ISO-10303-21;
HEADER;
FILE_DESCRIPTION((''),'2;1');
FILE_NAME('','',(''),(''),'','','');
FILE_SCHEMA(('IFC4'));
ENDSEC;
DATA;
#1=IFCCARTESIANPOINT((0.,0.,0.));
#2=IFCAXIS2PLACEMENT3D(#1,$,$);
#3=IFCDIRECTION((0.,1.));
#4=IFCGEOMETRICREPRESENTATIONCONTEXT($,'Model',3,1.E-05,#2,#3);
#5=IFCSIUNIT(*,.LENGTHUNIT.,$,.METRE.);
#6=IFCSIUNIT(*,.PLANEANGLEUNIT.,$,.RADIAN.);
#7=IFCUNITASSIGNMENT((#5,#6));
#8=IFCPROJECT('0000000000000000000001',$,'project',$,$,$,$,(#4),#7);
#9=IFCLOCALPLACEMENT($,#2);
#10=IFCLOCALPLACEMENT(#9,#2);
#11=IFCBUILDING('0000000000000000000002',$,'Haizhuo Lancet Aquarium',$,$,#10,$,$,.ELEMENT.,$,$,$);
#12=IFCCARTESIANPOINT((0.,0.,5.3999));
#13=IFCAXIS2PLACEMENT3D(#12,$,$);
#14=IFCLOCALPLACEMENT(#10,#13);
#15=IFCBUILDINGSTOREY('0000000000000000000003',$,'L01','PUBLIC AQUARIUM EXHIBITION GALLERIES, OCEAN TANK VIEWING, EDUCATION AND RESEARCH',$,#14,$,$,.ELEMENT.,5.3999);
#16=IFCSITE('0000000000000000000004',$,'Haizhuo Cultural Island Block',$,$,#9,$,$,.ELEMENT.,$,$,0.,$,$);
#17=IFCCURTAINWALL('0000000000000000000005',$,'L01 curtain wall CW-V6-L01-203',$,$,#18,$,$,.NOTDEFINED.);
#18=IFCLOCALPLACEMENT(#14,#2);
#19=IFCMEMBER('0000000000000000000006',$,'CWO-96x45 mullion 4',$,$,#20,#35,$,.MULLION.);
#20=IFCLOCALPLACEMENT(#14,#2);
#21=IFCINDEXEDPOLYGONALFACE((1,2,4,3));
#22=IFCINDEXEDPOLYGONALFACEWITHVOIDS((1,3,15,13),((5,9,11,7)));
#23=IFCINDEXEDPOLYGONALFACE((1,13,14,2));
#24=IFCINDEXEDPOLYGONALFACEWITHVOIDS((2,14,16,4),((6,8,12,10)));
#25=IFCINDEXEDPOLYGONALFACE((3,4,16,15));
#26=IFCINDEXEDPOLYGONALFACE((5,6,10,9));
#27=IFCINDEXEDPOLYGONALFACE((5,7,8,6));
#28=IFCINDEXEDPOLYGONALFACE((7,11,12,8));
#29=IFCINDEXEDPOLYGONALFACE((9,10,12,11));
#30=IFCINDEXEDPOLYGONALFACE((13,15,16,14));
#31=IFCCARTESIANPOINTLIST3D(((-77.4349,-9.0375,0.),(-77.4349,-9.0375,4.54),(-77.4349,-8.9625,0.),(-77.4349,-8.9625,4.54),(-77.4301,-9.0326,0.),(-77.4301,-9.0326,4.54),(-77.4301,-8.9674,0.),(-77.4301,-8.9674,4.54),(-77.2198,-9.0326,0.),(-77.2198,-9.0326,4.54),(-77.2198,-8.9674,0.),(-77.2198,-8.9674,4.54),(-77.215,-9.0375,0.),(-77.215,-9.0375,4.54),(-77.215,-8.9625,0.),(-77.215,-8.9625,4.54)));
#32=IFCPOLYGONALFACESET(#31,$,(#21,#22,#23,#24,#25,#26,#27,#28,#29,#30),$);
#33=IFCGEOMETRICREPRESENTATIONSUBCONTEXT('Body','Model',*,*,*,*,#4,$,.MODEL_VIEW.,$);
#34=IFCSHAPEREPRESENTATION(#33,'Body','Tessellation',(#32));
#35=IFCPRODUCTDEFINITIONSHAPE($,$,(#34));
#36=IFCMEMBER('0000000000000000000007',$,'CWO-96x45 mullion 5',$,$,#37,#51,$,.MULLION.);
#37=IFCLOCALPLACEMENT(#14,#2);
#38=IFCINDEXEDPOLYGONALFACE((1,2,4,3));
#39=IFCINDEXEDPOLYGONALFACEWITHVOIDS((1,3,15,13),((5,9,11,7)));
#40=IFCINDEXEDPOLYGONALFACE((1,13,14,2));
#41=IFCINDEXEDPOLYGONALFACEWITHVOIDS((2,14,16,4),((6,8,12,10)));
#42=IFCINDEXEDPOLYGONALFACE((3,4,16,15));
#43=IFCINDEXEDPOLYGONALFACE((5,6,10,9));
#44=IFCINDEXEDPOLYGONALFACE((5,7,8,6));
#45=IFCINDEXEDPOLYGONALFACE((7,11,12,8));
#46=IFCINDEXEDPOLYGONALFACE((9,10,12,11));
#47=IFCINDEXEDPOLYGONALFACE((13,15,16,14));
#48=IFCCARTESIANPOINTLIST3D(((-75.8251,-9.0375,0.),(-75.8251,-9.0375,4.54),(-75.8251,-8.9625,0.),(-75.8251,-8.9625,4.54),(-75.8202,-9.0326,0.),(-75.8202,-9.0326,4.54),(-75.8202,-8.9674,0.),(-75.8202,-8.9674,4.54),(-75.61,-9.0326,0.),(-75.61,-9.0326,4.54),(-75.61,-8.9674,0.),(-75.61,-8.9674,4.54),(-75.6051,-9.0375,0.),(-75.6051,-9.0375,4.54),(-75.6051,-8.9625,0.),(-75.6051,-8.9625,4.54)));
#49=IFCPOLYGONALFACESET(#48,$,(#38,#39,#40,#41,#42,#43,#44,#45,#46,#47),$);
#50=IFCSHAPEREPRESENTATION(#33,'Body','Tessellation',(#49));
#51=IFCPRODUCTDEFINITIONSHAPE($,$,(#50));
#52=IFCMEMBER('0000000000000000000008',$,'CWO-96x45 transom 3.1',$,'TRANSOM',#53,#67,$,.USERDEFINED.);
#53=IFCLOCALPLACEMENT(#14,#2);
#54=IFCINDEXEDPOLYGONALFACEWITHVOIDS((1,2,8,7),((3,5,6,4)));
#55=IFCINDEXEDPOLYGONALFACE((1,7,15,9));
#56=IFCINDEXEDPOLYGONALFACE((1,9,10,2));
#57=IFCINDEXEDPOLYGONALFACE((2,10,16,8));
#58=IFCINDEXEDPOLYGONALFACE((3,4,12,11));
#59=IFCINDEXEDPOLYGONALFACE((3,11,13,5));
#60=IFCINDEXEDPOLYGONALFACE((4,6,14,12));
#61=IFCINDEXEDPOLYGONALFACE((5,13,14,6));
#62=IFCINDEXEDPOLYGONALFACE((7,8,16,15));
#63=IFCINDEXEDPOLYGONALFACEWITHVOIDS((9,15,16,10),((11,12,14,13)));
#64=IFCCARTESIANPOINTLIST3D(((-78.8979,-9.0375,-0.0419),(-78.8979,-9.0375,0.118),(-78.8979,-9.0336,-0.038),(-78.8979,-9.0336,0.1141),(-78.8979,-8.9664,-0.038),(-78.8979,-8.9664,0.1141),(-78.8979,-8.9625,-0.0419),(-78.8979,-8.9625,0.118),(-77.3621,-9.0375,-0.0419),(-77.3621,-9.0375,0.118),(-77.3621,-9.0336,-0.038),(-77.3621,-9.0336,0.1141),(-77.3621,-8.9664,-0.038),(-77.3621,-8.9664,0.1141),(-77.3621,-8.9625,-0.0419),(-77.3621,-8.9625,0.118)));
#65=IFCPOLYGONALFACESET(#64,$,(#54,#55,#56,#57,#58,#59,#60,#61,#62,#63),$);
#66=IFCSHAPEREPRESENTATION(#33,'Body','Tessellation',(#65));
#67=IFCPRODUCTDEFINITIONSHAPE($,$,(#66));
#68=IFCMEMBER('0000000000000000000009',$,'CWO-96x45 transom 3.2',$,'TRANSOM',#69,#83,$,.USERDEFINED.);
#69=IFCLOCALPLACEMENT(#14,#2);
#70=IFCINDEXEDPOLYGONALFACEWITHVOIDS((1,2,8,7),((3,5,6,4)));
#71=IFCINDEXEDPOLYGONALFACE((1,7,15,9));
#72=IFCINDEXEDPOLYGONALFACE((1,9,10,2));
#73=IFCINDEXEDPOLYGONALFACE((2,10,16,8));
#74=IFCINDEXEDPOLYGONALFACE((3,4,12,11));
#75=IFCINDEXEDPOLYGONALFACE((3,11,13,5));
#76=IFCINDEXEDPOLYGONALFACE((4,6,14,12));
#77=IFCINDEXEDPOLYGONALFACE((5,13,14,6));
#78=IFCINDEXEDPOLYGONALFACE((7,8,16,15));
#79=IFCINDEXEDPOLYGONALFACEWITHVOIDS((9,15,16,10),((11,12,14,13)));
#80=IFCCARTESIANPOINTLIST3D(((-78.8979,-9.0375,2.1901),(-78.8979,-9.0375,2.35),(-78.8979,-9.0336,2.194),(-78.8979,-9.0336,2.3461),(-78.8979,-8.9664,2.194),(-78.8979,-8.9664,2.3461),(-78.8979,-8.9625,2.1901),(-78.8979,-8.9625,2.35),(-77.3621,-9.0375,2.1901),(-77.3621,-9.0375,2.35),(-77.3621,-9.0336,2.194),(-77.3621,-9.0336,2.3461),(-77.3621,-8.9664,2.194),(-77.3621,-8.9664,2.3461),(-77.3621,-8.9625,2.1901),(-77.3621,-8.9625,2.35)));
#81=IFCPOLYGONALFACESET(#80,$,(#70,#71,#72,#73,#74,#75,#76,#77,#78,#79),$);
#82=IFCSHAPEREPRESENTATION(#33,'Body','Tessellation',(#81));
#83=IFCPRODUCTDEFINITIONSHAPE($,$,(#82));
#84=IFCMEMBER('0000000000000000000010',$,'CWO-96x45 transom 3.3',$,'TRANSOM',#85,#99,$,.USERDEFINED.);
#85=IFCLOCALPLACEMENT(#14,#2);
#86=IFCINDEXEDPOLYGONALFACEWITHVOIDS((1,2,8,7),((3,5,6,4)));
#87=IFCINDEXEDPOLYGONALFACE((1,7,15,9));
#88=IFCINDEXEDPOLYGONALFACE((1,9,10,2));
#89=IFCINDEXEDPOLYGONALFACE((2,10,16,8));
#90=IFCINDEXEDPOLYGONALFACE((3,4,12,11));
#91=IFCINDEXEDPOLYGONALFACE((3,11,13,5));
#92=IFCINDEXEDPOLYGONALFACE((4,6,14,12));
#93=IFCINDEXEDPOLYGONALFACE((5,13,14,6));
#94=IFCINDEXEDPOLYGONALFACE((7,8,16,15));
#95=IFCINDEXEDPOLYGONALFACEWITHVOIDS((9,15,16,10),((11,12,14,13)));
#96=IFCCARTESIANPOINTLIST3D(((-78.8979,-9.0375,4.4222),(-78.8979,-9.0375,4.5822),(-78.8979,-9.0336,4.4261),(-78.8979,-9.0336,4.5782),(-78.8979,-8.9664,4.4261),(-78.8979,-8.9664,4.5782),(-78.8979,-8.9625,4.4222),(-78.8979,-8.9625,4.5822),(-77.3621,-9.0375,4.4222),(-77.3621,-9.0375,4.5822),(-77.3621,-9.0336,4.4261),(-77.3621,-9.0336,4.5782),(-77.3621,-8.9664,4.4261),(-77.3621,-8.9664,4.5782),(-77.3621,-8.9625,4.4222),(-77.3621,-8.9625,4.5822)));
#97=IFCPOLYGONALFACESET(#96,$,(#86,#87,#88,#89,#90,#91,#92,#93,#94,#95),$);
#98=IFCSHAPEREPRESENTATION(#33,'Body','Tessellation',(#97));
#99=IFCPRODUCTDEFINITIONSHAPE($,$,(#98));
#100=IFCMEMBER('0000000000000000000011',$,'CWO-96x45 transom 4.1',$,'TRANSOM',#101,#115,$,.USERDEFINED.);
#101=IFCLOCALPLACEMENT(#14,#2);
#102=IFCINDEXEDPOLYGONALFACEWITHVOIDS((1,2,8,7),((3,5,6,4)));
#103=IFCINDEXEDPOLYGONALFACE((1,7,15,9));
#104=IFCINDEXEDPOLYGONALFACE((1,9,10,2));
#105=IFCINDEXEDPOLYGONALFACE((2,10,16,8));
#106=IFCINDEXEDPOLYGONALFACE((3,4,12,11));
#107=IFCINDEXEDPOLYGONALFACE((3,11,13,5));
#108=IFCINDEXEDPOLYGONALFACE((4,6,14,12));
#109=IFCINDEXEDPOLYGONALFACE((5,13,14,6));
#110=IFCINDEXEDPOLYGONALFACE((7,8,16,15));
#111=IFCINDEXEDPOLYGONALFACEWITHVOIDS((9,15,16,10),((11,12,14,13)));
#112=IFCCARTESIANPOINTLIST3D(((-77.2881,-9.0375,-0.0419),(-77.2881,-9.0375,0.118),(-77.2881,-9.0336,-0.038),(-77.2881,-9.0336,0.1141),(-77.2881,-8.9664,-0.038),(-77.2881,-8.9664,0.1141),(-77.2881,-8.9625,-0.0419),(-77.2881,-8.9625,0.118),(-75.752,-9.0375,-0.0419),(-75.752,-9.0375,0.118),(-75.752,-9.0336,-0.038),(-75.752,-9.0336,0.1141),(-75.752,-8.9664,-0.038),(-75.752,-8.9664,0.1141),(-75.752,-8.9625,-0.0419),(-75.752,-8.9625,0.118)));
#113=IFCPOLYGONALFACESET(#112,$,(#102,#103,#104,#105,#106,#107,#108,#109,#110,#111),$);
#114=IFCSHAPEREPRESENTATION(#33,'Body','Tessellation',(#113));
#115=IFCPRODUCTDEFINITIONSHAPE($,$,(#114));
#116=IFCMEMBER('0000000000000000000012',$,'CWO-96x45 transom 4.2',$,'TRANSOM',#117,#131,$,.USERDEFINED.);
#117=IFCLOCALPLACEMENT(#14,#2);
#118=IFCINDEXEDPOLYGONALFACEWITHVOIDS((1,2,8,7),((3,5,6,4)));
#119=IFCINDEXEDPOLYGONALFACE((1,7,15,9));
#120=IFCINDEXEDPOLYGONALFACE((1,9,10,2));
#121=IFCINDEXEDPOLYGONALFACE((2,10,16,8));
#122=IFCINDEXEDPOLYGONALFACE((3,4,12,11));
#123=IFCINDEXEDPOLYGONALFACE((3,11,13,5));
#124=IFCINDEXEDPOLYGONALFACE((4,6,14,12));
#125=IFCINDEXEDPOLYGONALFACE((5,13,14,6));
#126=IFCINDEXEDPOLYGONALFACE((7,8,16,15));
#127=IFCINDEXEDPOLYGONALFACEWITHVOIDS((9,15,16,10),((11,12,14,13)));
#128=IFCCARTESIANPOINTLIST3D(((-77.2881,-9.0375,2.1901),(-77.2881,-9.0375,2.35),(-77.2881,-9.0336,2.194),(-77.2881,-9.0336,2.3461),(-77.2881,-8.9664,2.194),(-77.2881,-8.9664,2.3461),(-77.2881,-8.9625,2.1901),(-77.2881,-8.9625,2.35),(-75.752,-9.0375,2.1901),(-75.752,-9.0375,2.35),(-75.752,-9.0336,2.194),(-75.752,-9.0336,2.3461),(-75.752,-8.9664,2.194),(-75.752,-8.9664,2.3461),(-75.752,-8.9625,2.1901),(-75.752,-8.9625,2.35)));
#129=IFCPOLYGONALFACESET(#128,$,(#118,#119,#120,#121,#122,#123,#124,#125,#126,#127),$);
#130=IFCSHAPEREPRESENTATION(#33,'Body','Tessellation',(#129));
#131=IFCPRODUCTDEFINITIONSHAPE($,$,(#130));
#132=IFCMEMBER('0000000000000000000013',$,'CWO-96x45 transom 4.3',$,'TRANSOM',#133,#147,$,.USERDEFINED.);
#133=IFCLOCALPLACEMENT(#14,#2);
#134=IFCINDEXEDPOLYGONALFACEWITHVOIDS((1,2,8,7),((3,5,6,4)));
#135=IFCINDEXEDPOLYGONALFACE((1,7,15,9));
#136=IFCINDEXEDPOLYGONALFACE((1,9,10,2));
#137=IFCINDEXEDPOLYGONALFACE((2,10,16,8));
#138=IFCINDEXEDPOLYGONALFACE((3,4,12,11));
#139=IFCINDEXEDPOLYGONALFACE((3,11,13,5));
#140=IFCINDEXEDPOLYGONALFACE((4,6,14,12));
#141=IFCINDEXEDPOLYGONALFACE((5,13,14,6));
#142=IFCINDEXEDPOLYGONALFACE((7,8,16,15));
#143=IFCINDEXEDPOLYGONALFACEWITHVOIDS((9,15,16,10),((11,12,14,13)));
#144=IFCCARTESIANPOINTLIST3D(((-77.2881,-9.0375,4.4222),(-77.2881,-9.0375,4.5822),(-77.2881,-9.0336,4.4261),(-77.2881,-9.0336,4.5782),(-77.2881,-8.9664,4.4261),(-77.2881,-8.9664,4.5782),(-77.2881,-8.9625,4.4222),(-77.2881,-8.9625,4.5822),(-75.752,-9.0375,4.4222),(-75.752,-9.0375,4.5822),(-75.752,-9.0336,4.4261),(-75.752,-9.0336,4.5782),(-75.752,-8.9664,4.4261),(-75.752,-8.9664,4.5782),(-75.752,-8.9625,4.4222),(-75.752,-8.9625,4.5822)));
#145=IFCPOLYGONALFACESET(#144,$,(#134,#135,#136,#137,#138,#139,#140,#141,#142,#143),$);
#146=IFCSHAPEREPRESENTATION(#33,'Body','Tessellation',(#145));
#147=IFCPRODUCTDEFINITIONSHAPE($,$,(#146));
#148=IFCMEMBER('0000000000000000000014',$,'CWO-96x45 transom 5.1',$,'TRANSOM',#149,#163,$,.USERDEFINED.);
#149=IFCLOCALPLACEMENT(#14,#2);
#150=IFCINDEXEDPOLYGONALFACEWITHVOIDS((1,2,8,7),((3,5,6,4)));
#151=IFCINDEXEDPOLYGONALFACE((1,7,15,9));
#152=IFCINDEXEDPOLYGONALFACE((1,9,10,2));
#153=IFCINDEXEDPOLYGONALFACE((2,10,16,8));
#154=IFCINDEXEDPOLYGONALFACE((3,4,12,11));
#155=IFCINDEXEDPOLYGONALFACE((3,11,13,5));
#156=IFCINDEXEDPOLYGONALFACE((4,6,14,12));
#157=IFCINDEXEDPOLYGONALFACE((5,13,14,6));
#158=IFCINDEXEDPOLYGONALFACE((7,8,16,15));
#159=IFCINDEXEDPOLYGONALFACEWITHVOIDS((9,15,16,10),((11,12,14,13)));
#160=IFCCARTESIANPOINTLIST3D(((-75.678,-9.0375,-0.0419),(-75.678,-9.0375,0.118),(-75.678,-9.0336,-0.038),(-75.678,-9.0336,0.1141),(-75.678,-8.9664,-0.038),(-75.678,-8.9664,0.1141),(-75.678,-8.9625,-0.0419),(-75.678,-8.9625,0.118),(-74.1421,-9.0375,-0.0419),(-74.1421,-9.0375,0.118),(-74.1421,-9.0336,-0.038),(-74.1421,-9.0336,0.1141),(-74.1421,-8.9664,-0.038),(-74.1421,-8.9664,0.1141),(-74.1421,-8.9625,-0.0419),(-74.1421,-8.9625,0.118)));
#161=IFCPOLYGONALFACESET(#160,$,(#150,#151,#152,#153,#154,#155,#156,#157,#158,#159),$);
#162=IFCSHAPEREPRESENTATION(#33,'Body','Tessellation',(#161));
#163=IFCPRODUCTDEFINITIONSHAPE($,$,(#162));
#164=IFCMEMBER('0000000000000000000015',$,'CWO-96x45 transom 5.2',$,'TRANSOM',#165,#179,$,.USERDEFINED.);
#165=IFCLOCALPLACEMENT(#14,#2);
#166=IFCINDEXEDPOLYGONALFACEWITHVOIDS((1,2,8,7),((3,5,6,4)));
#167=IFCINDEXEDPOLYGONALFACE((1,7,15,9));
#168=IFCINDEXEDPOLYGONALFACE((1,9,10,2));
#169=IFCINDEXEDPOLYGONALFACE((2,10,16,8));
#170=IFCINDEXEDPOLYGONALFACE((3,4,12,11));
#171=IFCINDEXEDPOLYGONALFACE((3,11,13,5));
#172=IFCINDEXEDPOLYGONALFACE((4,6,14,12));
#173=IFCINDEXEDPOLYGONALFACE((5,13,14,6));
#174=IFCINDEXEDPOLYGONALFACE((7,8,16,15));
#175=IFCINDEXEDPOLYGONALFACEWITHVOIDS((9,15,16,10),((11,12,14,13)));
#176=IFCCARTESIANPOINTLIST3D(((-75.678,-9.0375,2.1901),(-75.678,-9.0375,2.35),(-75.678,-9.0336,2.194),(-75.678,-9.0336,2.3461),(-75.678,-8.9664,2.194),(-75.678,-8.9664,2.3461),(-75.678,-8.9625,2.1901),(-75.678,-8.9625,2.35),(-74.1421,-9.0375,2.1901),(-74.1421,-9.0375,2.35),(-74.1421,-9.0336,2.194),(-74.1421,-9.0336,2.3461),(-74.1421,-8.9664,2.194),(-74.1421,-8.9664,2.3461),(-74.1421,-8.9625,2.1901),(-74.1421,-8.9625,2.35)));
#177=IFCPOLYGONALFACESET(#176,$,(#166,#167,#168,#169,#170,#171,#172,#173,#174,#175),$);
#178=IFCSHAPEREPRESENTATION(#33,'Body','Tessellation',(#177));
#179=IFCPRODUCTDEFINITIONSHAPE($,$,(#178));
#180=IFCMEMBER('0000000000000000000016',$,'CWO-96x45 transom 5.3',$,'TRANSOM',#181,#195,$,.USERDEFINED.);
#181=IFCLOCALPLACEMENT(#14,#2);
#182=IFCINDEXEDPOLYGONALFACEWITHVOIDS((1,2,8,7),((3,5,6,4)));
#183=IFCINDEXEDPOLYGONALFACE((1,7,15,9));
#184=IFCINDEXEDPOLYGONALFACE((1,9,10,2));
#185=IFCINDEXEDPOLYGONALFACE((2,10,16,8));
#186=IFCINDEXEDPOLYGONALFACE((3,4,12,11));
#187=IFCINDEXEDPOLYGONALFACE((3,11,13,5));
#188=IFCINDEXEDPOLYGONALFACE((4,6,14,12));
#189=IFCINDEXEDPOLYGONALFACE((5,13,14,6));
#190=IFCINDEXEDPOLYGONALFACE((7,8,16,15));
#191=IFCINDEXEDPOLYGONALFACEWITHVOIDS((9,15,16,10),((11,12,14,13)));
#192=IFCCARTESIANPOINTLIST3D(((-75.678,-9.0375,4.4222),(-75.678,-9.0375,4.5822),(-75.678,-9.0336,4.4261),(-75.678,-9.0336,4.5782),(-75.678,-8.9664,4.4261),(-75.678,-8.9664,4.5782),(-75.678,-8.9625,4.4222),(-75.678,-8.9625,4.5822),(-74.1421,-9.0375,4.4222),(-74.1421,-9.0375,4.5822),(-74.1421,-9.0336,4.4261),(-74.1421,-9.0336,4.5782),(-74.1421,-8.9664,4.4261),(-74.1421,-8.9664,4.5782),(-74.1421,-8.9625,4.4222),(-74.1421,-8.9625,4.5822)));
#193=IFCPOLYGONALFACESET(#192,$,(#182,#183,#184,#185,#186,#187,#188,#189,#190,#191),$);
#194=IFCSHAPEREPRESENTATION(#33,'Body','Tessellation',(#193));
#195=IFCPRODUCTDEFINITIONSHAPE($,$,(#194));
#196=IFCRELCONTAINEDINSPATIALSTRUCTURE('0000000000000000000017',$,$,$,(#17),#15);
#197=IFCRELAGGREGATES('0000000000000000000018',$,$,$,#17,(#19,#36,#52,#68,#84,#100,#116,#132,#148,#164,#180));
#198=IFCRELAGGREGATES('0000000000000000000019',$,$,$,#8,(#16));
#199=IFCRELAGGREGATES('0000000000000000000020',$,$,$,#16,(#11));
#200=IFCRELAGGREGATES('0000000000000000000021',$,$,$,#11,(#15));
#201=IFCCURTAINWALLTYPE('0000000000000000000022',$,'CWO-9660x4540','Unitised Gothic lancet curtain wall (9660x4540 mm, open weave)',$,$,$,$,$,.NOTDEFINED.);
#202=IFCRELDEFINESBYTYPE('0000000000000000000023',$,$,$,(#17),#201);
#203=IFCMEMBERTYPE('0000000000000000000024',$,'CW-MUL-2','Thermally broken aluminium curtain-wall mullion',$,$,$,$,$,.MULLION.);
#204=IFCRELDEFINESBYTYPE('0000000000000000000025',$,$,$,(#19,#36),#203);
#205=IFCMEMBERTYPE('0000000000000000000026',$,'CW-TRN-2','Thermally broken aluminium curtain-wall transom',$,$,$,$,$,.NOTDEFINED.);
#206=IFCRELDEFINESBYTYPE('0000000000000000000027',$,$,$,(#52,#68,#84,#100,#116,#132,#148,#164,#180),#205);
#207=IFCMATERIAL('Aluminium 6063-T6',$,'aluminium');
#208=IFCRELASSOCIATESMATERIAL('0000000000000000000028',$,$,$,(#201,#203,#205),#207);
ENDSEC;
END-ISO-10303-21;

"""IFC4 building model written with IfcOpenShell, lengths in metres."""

from ifc_helpers import new_model, si_unit, direction, frame, origin, origin_2d, place, context, subcontext, project, spatial, hollow_rectangle, extrude, material, material_profile, profile_set, type_object, element, aggregate, save


model = new_model("IFC4")

# Units and contexts
model_context = context("Model", 3, precision=1e-05, world=origin(), true_north=direction((0.0, 1.0)))
body_context = subcontext(model_context, "Body", "Model", "MODEL_VIEW")
ifc_project = project(units=[si_unit("LENGTHUNIT", "METRE"), si_unit("PLANEANGLEUNIT", "RADIAN")], contexts=[model_context])

# Site, building, storey
site_placement = place(None, origin())
site = spatial("IfcSite", under=ifc_project, at=site_placement, Name="Haizhuo Cultural Island Block", CompositionType="ELEMENT", RefElevation=0.0)
building_placement = place(site_placement, origin())
building = spatial("IfcBuilding", under=site, at=building_placement, Name="Haizhuo Lancet Aquarium", CompositionType="ELEMENT")
storey_placement = place(building_placement, frame((0.0, 0.0, 5.3999)))
storey = spatial("IfcBuildingStorey", under=building, at=storey_placement, Name="L01", Description="PUBLIC AQUARIUM EXHIBITION GALLERIES, OCEAN TANK VIEWING, EDUCATION AND RESEARCH", CompositionType="ELEMENT", Elevation=5.3999)

# Curtain wall, members
ifc_material_1 = material(Name="Aluminium 6063-T6", Category="aluminium")
curtain_wall_type = type_object("IfcCurtainWallType", Name="CWO-9660x4540", Description="Unitised Gothic lancet curtain wall (9660x4540 mm, open weave)", PredefinedType="NOTDEFINED", material=ifc_material_1)
curtain_wall_placement = place(storey_placement, origin())
curtain_wall = element("IfcCurtainWall", 1, at=curtain_wall_placement, inside=storey, type_object=curtain_wall_type, Name="L01 curtain wall CW-V6-L01-203", PredefinedType="NOTDEFINED")
ifc_material_profile_1 = material_profile(ifc_material_1, hollow_rectangle(XDim=0.075, YDim=0.22, WallThickness=0.0049, at=origin_2d()), Name="ALU-M 75x220x5")
ifc_profile_set_1 = profile_set([ifc_material_profile_1], Name="Aluminium 6063-T6")
member_type_1 = type_object("IfcMemberType", Name="CW-MUL-2", Description="Thermally broken aluminium curtain-wall mullion", PredefinedType="MULLION", material=ifc_profile_set_1)
member_1_placement = place(storey_placement, frame((-77.325, -9.0, 0.0), z_axis=(0.0, 0.0, 1.0), x_axis=(0.0, 1.0, 0.0)))
member_1 = element("IfcMember", 2, at=member_1_placement, type_object=member_type_1, Name="CWO-96x45 mullion 4", PredefinedType="MULLION", context=body_context, shape_type="SweptSolid", body=[
    extrude(hollow_rectangle(XDim=0.075, YDim=0.22, WallThickness=0.0049, at=origin_2d()), origin(), (0.0, 0.0, 1.0), 4.54),
])
member_2_placement = place(storey_placement, frame((-75.7151, -9.0, 0.0), z_axis=(0.0, 0.0, 1.0), x_axis=(0.0, 1.0, 0.0)))
member_2 = element("IfcMember", 3, at=member_2_placement, type_object=member_type_1, Name="CWO-96x45 mullion 5", PredefinedType="MULLION", context=body_context, shape_type="SweptSolid", body=[
    extrude(hollow_rectangle(XDim=0.075, YDim=0.22, WallThickness=0.0049, at=origin_2d()), origin(), (0.0, 0.0, 1.0), 4.54),
])
ifc_material_profile_2 = material_profile(ifc_material_1, hollow_rectangle(XDim=0.075, YDim=0.1599, WallThickness=0.0039, at=origin_2d()), Name="ALU-T 75x160x4")
ifc_profile_set_2 = profile_set([ifc_material_profile_2], Name="Aluminium 6063-T6")
member_type_2 = type_object("IfcMemberType", Name="CW-TRN-2", Description="Thermally broken aluminium curtain-wall transom", PredefinedType="NOTDEFINED", material=ifc_profile_set_2)
member_3_placement = place(storey_placement, frame((-78.8979, -9.0, 0.0381), z_axis=(1.0, 0.0, 0.0), x_axis=(0.0, 1.0, 0.0)))
member_3 = element("IfcMember", 4, at=member_3_placement, type_object=member_type_2, Name="CWO-96x45 transom 3.1", ObjectType="TRANSOM", PredefinedType="USERDEFINED", context=body_context, shape_type="SweptSolid", body=[
    extrude(hollow_rectangle(XDim=0.075, YDim=0.1599, WallThickness=0.0039, at=origin_2d()), origin(), (0.0, 0.0, 1.0), 1.5359),
])
member_4_placement = place(storey_placement, frame((-78.8979, -9.0, 2.27), z_axis=(1.0, 0.0, 0.0), x_axis=(0.0, 1.0, 0.0)))
member_4 = element("IfcMember", 5, at=member_4_placement, type_object=member_type_2, Name="CWO-96x45 transom 3.2", ObjectType="TRANSOM", PredefinedType="USERDEFINED", context=body_context, shape_type="SweptSolid", body=[
    extrude(hollow_rectangle(XDim=0.075, YDim=0.1599, WallThickness=0.0039, at=origin_2d()), origin(), (0.0, 0.0, 1.0), 1.5359),
])
member_5_placement = place(storey_placement, frame((-78.8979, -9.0, 4.5022), z_axis=(1.0, 0.0, 0.0), x_axis=(0.0, 1.0, 0.0)))
member_5 = element("IfcMember", 6, at=member_5_placement, type_object=member_type_2, Name="CWO-96x45 transom 3.3", ObjectType="TRANSOM", PredefinedType="USERDEFINED", context=body_context, shape_type="SweptSolid", body=[
    extrude(hollow_rectangle(XDim=0.075, YDim=0.1599, WallThickness=0.0039, at=origin_2d()), origin(), (0.0, 0.0, 1.0), 1.5359),
])
member_6_placement = place(storey_placement, frame((-77.2881, -9.0, 0.0381), z_axis=(1.0, 0.0, 0.0), x_axis=(0.0, 1.0, 0.0)))
member_6 = element("IfcMember", 7, at=member_6_placement, type_object=member_type_2, Name="CWO-96x45 transom 4.1", ObjectType="TRANSOM", PredefinedType="USERDEFINED", context=body_context, shape_type="SweptSolid", body=[
    extrude(hollow_rectangle(XDim=0.075, YDim=0.1599, WallThickness=0.0039, at=origin_2d()), origin(), (0.0, 0.0, 1.0), 1.5361),
])
member_7_placement = place(storey_placement, frame((-77.2881, -9.0, 2.27), z_axis=(1.0, 0.0, 0.0), x_axis=(0.0, 1.0, 0.0)))
member_7 = element("IfcMember", 8, at=member_7_placement, type_object=member_type_2, Name="CWO-96x45 transom 4.2", ObjectType="TRANSOM", PredefinedType="USERDEFINED", context=body_context, shape_type="SweptSolid", body=[
    extrude(hollow_rectangle(XDim=0.075, YDim=0.1599, WallThickness=0.0039, at=origin_2d()), origin(), (0.0, 0.0, 1.0), 1.5361),
])
member_8_placement = place(storey_placement, frame((-77.2881, -9.0, 4.5022), z_axis=(1.0, 0.0, 0.0), x_axis=(0.0, 1.0, 0.0)))
member_8 = element("IfcMember", 9, at=member_8_placement, type_object=member_type_2, Name="CWO-96x45 transom 4.3", ObjectType="TRANSOM", PredefinedType="USERDEFINED", context=body_context, shape_type="SweptSolid", body=[
    extrude(hollow_rectangle(XDim=0.075, YDim=0.1599, WallThickness=0.0039, at=origin_2d()), origin(), (0.0, 0.0, 1.0), 1.5361),
])
member_9_placement = place(storey_placement, frame((-75.678, -9.0, 0.0381), z_axis=(1.0, 0.0, 0.0), x_axis=(0.0, 1.0, 0.0)))
member_9 = element("IfcMember", 10, at=member_9_placement, type_object=member_type_2, Name="CWO-96x45 transom 5.1", ObjectType="TRANSOM", PredefinedType="USERDEFINED", context=body_context, shape_type="SweptSolid", body=[
    extrude(hollow_rectangle(XDim=0.075, YDim=0.1599, WallThickness=0.0039, at=origin_2d()), origin(), (0.0, 0.0, 1.0), 1.5359),
])
member_10_placement = place(storey_placement, frame((-75.678, -9.0, 2.27), z_axis=(1.0, 0.0, 0.0), x_axis=(0.0, 1.0, 0.0)))
member_10 = element("IfcMember", 11, at=member_10_placement, type_object=member_type_2, Name="CWO-96x45 transom 5.2", ObjectType="TRANSOM", PredefinedType="USERDEFINED", context=body_context, shape_type="SweptSolid", body=[
    extrude(hollow_rectangle(XDim=0.075, YDim=0.1599, WallThickness=0.0039, at=origin_2d()), origin(), (0.0, 0.0, 1.0), 1.5359),
])
member_11_placement = place(storey_placement, frame((-75.678, -9.0, 4.5022), z_axis=(1.0, 0.0, 0.0), x_axis=(0.0, 1.0, 0.0)))
member_11 = element("IfcMember", 12, at=member_11_placement, type_object=member_type_2, Name="CWO-96x45 transom 5.3", ObjectType="TRANSOM", PredefinedType="USERDEFINED", context=body_context, shape_type="SweptSolid", body=[
    extrude(hollow_rectangle(XDim=0.075, YDim=0.1599, WallThickness=0.0039, at=origin_2d()), origin(), (0.0, 0.0, 1.0), 1.5359),
])

aggregate(curtain_wall, [member_1, member_2, member_3, member_4, member_5, member_6, member_7, member_8, member_9, member_10, member_11])

save(model, "model.ifc")
